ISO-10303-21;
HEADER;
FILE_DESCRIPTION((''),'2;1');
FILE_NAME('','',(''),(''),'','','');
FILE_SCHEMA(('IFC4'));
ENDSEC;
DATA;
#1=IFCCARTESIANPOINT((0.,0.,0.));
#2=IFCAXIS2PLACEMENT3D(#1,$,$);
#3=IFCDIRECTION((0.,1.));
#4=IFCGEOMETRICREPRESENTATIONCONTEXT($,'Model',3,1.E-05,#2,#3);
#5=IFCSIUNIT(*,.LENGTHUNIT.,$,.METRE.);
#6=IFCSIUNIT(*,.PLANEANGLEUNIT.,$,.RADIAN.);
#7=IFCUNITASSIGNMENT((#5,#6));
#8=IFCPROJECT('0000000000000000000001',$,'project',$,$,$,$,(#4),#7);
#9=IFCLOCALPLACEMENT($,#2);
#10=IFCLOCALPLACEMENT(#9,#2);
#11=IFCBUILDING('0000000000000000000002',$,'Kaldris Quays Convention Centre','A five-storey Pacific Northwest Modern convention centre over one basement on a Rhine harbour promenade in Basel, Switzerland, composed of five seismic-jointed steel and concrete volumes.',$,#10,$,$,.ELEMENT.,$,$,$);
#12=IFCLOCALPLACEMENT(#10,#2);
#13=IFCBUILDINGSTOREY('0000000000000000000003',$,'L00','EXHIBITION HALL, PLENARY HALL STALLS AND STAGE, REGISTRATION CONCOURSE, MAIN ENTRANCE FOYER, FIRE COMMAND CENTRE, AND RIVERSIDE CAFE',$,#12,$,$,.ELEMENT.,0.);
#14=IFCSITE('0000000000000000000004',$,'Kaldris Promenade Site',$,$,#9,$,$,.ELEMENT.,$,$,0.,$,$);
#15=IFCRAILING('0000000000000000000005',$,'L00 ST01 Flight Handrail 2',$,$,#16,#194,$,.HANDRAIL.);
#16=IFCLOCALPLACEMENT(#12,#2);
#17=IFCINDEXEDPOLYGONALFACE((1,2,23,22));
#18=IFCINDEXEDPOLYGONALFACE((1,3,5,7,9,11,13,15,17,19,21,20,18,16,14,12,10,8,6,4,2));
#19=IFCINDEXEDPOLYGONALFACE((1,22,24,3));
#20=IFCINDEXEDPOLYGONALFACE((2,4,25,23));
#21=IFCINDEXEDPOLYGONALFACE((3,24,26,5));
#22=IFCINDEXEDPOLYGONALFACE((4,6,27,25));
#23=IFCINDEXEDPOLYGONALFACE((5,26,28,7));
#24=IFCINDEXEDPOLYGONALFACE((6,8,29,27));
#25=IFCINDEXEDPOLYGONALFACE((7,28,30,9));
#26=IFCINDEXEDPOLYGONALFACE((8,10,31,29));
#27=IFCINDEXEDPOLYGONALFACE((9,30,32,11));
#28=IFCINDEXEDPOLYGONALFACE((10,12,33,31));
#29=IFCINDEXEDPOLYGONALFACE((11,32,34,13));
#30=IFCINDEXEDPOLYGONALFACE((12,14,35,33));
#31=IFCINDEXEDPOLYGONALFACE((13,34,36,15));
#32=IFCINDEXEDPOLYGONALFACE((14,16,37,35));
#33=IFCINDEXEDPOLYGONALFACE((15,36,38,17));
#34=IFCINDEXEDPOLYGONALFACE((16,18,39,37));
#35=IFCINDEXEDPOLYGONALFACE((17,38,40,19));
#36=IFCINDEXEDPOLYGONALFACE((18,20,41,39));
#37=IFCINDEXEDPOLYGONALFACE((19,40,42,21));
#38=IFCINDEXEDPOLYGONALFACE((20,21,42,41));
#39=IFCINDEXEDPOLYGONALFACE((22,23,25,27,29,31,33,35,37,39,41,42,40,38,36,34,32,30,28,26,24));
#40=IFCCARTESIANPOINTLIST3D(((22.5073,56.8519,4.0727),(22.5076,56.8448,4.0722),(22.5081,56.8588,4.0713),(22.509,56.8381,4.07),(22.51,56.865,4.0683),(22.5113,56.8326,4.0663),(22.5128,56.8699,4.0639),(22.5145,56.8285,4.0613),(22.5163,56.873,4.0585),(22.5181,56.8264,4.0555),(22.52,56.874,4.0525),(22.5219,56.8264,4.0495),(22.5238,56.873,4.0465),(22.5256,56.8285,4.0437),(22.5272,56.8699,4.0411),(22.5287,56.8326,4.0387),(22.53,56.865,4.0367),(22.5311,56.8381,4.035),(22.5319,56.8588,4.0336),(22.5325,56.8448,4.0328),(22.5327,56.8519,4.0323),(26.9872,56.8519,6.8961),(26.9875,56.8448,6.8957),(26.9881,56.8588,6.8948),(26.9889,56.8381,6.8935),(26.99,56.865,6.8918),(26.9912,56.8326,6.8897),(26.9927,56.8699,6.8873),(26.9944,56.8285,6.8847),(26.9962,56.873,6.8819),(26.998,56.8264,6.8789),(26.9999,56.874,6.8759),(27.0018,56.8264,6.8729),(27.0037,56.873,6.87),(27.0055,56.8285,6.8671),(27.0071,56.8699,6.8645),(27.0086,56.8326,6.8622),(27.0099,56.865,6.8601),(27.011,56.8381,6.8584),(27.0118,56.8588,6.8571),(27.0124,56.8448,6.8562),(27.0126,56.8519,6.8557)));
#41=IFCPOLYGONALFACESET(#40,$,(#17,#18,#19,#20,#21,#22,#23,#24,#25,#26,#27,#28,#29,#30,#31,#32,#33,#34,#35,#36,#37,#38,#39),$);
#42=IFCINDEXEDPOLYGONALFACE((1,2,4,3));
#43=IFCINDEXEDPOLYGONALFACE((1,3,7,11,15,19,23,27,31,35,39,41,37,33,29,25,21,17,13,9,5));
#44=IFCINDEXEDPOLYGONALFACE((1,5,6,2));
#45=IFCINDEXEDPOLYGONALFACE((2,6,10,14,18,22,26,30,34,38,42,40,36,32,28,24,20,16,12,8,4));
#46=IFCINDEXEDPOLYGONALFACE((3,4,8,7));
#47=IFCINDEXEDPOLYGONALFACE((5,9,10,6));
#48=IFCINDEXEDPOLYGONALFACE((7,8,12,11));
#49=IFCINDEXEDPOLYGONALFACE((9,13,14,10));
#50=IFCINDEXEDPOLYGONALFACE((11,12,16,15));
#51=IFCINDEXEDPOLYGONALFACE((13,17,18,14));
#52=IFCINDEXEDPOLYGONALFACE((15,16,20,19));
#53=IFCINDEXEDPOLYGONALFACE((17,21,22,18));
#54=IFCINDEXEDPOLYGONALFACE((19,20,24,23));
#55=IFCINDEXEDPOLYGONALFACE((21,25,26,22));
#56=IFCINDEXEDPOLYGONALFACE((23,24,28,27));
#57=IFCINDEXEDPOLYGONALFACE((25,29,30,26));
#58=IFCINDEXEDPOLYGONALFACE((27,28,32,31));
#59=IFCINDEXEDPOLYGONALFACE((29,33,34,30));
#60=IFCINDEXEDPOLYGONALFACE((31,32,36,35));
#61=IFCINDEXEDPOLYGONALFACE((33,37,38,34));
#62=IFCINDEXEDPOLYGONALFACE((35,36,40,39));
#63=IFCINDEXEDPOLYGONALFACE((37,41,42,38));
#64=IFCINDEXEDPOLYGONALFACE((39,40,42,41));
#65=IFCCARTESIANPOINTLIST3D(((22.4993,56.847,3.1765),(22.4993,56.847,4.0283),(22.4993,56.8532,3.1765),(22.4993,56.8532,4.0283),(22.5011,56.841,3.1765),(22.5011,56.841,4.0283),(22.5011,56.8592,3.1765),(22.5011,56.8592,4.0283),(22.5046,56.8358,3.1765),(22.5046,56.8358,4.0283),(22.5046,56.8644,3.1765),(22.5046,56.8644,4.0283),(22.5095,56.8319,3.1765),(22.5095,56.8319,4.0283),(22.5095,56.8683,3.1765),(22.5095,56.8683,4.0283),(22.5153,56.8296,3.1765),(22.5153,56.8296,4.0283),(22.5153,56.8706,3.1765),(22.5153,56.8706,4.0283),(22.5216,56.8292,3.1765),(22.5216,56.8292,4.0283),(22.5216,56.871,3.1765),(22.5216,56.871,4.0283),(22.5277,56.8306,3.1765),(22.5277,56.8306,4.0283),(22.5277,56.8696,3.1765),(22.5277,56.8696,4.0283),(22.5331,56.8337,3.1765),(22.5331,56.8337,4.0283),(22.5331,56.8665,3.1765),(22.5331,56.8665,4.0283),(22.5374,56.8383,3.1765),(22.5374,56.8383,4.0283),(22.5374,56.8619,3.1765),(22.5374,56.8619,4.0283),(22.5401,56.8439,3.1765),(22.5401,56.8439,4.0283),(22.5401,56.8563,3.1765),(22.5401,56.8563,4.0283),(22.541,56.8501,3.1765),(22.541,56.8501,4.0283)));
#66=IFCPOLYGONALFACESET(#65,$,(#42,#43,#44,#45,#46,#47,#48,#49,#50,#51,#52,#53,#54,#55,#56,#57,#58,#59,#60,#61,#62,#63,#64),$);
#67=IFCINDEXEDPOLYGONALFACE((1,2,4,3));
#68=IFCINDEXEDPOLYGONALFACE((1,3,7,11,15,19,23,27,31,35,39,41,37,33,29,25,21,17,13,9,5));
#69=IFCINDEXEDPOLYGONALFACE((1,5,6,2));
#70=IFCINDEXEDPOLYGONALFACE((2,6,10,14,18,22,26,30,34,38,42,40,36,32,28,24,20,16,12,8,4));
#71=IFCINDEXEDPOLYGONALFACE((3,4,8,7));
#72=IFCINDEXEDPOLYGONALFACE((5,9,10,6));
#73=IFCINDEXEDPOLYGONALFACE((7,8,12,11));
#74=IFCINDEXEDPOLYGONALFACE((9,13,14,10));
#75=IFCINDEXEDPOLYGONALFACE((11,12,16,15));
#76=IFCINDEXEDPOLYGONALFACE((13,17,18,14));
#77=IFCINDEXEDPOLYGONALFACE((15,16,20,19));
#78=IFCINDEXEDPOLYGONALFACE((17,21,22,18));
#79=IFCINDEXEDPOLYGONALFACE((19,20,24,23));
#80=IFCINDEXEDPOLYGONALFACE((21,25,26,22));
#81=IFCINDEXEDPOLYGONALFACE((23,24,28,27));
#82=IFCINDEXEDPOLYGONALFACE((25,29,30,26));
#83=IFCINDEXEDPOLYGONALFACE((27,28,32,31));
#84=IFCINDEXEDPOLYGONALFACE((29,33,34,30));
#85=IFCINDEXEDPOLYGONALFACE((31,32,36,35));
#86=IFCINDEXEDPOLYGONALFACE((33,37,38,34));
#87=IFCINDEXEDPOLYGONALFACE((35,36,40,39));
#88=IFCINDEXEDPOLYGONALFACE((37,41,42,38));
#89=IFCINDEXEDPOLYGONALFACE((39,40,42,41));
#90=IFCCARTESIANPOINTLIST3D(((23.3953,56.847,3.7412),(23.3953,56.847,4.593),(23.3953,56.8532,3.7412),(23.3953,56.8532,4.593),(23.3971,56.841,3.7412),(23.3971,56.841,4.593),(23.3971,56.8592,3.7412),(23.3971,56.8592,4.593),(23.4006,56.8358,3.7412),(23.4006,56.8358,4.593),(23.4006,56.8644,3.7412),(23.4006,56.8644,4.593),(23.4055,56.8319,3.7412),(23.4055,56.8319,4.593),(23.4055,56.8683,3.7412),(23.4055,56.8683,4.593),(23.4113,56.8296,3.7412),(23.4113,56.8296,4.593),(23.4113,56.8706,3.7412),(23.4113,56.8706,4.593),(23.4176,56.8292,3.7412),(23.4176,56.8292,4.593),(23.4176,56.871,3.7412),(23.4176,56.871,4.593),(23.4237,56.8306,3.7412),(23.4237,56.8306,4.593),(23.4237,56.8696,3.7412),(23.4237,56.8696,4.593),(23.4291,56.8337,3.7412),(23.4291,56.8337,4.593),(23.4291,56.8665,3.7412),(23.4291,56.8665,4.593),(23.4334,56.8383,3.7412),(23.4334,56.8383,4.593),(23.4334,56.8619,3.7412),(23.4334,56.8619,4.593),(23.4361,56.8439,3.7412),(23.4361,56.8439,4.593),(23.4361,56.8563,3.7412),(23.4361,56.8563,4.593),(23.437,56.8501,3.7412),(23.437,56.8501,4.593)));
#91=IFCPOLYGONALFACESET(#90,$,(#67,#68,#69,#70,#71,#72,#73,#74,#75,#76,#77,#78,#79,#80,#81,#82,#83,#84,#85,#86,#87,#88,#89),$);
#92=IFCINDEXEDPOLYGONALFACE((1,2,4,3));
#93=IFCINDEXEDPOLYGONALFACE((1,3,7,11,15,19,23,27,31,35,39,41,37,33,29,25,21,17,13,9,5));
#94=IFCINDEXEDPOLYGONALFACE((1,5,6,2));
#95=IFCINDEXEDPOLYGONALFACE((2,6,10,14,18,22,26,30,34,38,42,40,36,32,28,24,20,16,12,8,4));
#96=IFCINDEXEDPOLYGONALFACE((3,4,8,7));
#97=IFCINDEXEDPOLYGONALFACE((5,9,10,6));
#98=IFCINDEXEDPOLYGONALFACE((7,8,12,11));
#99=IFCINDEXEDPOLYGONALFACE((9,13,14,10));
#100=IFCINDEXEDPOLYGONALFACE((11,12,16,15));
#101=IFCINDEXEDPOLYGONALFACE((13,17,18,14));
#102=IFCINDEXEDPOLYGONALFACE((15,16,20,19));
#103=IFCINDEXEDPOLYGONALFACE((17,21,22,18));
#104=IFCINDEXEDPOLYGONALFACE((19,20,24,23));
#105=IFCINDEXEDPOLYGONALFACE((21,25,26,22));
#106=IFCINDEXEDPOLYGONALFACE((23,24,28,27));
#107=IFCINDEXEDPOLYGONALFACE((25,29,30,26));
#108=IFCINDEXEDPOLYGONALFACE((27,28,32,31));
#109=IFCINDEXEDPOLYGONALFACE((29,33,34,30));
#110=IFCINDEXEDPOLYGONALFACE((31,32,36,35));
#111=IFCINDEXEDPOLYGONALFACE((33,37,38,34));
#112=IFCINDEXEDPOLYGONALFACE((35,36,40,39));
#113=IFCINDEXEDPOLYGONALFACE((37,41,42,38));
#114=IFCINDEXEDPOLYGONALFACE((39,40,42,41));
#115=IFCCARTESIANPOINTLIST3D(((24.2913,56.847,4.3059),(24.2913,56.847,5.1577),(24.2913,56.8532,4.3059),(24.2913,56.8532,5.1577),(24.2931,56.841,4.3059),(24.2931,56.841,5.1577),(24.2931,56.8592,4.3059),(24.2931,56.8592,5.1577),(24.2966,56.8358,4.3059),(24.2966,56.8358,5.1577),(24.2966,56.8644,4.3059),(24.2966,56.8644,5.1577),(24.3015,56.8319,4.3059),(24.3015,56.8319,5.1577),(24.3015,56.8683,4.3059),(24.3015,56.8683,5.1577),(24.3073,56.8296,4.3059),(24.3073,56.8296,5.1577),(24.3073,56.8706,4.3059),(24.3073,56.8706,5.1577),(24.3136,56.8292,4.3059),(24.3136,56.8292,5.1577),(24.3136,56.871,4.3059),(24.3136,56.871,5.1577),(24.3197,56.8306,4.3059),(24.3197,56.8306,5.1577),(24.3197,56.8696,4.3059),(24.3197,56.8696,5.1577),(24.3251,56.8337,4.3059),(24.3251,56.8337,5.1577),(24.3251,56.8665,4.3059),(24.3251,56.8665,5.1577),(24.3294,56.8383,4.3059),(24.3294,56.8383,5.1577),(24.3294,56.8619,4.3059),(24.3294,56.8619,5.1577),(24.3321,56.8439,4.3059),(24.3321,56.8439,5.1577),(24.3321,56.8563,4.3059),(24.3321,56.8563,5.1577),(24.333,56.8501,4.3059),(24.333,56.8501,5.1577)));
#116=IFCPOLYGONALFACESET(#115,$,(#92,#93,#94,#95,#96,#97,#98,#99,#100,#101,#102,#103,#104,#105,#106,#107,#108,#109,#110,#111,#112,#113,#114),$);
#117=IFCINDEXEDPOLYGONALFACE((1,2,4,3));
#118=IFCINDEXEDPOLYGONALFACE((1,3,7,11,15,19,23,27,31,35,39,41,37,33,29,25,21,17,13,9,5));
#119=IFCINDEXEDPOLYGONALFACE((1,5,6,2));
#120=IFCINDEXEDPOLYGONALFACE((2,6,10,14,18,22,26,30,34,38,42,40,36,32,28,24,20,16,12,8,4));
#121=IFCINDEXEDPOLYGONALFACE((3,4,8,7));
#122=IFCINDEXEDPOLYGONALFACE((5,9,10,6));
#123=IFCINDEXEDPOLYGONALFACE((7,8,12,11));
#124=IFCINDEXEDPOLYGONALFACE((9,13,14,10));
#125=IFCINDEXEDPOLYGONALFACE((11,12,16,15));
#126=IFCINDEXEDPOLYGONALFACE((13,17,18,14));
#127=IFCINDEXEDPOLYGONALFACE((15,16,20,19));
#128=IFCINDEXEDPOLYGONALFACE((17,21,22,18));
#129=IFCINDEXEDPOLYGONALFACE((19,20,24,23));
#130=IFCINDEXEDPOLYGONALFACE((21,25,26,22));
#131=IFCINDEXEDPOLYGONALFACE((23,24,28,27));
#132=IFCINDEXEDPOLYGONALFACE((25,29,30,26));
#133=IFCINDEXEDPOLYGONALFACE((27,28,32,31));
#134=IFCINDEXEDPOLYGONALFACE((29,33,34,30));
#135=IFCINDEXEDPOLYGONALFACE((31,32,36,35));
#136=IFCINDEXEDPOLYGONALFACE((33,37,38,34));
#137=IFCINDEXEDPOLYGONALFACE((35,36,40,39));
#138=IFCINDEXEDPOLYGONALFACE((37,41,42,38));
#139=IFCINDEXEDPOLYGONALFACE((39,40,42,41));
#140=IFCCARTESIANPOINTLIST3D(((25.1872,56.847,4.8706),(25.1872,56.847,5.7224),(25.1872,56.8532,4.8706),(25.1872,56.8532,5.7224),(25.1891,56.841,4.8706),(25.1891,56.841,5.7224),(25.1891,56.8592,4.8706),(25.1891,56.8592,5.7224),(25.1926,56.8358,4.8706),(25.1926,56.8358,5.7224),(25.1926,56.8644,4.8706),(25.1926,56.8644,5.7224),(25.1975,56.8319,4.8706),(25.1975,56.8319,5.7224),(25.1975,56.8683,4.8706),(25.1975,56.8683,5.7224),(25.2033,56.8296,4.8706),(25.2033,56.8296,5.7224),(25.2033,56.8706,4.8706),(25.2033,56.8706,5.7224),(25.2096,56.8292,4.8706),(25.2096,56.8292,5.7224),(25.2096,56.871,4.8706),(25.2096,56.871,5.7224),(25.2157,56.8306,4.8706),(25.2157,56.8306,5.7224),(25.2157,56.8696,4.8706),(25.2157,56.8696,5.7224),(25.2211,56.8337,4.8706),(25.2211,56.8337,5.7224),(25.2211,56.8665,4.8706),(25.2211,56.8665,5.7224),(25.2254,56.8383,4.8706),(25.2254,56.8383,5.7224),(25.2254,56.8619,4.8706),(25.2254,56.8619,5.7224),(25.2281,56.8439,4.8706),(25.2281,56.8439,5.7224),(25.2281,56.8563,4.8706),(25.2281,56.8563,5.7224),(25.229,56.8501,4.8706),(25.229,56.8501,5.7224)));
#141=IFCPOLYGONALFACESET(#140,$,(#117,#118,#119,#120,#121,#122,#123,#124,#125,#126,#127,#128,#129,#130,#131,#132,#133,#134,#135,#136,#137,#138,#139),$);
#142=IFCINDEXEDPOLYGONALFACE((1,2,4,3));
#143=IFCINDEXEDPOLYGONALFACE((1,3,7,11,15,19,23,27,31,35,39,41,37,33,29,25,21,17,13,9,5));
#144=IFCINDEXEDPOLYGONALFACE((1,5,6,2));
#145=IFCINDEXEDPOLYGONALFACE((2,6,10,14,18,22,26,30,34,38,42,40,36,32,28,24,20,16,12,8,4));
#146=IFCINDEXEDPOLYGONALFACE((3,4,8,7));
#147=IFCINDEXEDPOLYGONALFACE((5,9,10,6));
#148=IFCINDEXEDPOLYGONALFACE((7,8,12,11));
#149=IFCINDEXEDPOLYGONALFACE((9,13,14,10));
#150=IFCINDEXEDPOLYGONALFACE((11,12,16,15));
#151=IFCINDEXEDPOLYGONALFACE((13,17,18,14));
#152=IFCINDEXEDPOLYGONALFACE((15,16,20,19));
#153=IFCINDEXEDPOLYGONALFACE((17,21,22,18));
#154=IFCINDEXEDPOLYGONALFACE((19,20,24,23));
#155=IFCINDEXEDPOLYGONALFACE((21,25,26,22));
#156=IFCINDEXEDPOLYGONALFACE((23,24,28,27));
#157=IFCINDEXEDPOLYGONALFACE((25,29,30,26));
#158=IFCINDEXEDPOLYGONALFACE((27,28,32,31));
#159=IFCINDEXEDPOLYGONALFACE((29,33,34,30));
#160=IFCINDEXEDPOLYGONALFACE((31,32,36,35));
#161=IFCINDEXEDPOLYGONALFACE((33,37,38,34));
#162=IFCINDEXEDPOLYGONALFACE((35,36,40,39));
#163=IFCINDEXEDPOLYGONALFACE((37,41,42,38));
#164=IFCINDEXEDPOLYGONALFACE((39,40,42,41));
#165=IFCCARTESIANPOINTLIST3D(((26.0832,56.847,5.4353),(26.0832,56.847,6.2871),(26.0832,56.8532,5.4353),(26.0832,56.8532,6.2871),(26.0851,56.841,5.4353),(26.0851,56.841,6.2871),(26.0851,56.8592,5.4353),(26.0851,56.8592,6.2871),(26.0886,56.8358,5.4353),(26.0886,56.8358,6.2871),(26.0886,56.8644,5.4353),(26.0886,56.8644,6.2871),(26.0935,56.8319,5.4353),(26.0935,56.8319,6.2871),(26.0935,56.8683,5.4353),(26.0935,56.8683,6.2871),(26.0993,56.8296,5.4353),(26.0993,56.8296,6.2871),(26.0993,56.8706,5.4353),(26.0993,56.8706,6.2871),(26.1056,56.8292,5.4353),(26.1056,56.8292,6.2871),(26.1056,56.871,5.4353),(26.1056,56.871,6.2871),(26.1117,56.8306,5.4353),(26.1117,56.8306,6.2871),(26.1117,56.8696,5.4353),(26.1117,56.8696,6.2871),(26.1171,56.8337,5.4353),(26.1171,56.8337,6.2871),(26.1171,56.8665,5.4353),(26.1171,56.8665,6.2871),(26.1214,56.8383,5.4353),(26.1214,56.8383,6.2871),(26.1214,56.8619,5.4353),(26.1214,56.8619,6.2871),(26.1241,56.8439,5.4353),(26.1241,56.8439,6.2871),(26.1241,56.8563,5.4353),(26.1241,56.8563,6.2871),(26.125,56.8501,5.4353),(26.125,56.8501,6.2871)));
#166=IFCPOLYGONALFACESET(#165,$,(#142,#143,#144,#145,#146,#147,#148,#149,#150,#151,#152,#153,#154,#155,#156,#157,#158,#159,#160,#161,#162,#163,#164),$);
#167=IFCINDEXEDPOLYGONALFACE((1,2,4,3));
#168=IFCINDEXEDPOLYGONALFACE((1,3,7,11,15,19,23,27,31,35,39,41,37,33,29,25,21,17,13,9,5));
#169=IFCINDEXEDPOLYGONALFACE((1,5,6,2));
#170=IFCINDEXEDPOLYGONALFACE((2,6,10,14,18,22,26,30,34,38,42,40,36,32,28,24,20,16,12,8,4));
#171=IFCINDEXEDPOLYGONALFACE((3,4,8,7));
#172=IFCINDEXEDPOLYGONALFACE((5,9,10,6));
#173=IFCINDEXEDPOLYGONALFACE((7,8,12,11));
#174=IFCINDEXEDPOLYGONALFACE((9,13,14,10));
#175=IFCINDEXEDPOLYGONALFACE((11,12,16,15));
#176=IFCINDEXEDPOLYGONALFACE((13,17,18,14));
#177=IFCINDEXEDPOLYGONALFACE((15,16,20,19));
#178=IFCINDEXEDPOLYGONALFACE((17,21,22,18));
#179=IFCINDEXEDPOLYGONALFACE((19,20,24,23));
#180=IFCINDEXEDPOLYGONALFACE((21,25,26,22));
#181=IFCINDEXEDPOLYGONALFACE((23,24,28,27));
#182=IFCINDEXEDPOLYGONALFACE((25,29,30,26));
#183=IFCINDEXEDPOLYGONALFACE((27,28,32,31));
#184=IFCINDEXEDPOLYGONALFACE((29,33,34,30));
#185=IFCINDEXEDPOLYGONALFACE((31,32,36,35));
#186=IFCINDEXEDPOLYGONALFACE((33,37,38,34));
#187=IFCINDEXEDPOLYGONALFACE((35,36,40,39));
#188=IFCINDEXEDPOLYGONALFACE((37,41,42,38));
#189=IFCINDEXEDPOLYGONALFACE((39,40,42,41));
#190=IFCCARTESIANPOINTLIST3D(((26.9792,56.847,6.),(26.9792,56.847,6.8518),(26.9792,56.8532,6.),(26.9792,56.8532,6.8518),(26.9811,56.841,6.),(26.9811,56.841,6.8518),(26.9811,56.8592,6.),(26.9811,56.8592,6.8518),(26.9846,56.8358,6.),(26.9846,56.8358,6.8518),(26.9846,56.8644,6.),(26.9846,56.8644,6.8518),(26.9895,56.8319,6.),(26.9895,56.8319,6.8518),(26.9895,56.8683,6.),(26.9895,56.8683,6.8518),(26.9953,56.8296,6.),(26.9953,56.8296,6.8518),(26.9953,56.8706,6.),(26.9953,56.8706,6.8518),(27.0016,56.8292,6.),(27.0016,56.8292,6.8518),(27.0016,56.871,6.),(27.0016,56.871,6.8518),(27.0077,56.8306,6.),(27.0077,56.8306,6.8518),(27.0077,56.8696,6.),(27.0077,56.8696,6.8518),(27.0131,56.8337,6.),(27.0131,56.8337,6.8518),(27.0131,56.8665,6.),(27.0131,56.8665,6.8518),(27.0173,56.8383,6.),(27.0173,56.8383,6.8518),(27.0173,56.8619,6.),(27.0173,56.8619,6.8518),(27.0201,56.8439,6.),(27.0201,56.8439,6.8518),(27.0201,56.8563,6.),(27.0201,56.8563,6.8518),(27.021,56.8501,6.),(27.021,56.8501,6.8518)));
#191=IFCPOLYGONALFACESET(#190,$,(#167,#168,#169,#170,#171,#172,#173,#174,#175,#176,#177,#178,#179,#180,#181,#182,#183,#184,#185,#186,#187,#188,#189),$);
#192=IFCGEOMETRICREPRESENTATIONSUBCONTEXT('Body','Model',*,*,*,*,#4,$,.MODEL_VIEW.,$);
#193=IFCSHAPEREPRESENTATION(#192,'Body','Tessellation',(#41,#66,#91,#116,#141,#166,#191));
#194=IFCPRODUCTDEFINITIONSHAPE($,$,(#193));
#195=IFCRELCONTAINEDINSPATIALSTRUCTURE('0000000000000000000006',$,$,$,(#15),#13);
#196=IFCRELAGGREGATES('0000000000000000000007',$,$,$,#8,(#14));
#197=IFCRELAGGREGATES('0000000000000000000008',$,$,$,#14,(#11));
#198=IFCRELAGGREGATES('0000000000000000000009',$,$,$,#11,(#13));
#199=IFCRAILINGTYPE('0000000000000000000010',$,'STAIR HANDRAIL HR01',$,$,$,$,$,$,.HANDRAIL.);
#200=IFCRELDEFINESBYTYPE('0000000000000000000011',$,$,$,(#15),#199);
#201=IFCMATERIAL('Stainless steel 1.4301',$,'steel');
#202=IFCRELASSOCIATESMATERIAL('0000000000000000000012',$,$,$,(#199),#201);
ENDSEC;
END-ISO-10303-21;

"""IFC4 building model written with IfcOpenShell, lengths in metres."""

from ifc_helpers import new_model, si_unit, direction, frame, origin, origin_2d, place, context, subcontext, project, spatial, circle, extrude, material, type_object, element, save


model = new_model("IFC4")

# Units and contexts
model_context = context("Model", 3, precision=1e-05, world=origin(), true_north=direction((0.0, 1.0)))
body_context = subcontext(model_context, "Body", "Model", "MODEL_VIEW")
ifc_project = project(units=[si_unit("LENGTHUNIT", "METRE"), si_unit("PLANEANGLEUNIT", "RADIAN")], contexts=[model_context])

# Site, building, storey
site_placement = place(None, origin())
site = spatial("IfcSite", under=ifc_project, at=site_placement, Name="Kaldris Promenade Site", CompositionType="ELEMENT", RefElevation=0.0)
building_placement = place(site_placement, origin())
building = spatial("IfcBuilding", under=site, at=building_placement, Name="Kaldris Quays Convention Centre", Description="A five-storey Pacific Northwest Modern convention centre over one basement on a Rhine harbour promenade in Basel, Switzerland, composed of five seismic-jointed steel and concrete volumes.", CompositionType="ELEMENT")
storey_placement = place(building_placement, origin())
storey = spatial("IfcBuildingStorey", under=building, at=storey_placement, Name="L00", Description="EXHIBITION HALL, PLENARY HALL STALLS AND STAGE, REGISTRATION CONCOURSE, MAIN ENTRANCE FOYER, FIRE COMMAND CENTRE, AND RIVERSIDE CAFE", CompositionType="ELEMENT", Elevation=0.0)

# Railing
ifc_material_1 = material(Name="Stainless steel 1.4301", Category="steel")
railing_type_1 = type_object("IfcRailingType", Name="STAIR HANDRAIL HR01", PredefinedType="HANDRAIL", material=ifc_material_1)
railing_1_placement = place(storey_placement, frame((22.52, 56.8501, 3.1765)))
element("IfcRailing", 1, at=railing_1_placement, inside=storey, type_object=railing_type_1, Name="L00 ST01 Flight Handrail 2", PredefinedType="HANDRAIL", context=body_context, shape_type="SweptSolid", body=[
    extrude(circle(Radius=0.0239, at=origin_2d()), frame((0.0, 0.0, 0.876), z_axis=(0.845998, 0.0, 0.533186), x_axis=(0.0, 1.0, 0.0)), (0.0, 0.0, 1.0), 5.2954),
    extrude(circle(Radius=0.021, at=origin_2d()), origin(), (0.0, 0.0, 1.0), 0.8518),
    extrude(circle(Radius=0.021, at=origin_2d()), frame((0.896, 0.0, 0.5647)), (0.0, 0.0, 1.0), 0.8518),
    extrude(circle(Radius=0.021, at=origin_2d()), frame((1.792, 0.0, 1.1294)), (0.0, 0.0, 1.0), 0.8518),
    extrude(circle(Radius=0.021, at=origin_2d()), frame((2.688, 0.0, 1.6941)), (0.0, 0.0, 1.0), 0.8518),
    extrude(circle(Radius=0.021, at=origin_2d()), frame((3.584, 0.0, 2.2588)), (0.0, 0.0, 1.0), 0.8518),
    extrude(circle(Radius=0.021, at=origin_2d()), frame((4.48, 0.0, 2.8235)), (0.0, 0.0, 1.0), 0.8518),
])

save(model, "model.ifc")
